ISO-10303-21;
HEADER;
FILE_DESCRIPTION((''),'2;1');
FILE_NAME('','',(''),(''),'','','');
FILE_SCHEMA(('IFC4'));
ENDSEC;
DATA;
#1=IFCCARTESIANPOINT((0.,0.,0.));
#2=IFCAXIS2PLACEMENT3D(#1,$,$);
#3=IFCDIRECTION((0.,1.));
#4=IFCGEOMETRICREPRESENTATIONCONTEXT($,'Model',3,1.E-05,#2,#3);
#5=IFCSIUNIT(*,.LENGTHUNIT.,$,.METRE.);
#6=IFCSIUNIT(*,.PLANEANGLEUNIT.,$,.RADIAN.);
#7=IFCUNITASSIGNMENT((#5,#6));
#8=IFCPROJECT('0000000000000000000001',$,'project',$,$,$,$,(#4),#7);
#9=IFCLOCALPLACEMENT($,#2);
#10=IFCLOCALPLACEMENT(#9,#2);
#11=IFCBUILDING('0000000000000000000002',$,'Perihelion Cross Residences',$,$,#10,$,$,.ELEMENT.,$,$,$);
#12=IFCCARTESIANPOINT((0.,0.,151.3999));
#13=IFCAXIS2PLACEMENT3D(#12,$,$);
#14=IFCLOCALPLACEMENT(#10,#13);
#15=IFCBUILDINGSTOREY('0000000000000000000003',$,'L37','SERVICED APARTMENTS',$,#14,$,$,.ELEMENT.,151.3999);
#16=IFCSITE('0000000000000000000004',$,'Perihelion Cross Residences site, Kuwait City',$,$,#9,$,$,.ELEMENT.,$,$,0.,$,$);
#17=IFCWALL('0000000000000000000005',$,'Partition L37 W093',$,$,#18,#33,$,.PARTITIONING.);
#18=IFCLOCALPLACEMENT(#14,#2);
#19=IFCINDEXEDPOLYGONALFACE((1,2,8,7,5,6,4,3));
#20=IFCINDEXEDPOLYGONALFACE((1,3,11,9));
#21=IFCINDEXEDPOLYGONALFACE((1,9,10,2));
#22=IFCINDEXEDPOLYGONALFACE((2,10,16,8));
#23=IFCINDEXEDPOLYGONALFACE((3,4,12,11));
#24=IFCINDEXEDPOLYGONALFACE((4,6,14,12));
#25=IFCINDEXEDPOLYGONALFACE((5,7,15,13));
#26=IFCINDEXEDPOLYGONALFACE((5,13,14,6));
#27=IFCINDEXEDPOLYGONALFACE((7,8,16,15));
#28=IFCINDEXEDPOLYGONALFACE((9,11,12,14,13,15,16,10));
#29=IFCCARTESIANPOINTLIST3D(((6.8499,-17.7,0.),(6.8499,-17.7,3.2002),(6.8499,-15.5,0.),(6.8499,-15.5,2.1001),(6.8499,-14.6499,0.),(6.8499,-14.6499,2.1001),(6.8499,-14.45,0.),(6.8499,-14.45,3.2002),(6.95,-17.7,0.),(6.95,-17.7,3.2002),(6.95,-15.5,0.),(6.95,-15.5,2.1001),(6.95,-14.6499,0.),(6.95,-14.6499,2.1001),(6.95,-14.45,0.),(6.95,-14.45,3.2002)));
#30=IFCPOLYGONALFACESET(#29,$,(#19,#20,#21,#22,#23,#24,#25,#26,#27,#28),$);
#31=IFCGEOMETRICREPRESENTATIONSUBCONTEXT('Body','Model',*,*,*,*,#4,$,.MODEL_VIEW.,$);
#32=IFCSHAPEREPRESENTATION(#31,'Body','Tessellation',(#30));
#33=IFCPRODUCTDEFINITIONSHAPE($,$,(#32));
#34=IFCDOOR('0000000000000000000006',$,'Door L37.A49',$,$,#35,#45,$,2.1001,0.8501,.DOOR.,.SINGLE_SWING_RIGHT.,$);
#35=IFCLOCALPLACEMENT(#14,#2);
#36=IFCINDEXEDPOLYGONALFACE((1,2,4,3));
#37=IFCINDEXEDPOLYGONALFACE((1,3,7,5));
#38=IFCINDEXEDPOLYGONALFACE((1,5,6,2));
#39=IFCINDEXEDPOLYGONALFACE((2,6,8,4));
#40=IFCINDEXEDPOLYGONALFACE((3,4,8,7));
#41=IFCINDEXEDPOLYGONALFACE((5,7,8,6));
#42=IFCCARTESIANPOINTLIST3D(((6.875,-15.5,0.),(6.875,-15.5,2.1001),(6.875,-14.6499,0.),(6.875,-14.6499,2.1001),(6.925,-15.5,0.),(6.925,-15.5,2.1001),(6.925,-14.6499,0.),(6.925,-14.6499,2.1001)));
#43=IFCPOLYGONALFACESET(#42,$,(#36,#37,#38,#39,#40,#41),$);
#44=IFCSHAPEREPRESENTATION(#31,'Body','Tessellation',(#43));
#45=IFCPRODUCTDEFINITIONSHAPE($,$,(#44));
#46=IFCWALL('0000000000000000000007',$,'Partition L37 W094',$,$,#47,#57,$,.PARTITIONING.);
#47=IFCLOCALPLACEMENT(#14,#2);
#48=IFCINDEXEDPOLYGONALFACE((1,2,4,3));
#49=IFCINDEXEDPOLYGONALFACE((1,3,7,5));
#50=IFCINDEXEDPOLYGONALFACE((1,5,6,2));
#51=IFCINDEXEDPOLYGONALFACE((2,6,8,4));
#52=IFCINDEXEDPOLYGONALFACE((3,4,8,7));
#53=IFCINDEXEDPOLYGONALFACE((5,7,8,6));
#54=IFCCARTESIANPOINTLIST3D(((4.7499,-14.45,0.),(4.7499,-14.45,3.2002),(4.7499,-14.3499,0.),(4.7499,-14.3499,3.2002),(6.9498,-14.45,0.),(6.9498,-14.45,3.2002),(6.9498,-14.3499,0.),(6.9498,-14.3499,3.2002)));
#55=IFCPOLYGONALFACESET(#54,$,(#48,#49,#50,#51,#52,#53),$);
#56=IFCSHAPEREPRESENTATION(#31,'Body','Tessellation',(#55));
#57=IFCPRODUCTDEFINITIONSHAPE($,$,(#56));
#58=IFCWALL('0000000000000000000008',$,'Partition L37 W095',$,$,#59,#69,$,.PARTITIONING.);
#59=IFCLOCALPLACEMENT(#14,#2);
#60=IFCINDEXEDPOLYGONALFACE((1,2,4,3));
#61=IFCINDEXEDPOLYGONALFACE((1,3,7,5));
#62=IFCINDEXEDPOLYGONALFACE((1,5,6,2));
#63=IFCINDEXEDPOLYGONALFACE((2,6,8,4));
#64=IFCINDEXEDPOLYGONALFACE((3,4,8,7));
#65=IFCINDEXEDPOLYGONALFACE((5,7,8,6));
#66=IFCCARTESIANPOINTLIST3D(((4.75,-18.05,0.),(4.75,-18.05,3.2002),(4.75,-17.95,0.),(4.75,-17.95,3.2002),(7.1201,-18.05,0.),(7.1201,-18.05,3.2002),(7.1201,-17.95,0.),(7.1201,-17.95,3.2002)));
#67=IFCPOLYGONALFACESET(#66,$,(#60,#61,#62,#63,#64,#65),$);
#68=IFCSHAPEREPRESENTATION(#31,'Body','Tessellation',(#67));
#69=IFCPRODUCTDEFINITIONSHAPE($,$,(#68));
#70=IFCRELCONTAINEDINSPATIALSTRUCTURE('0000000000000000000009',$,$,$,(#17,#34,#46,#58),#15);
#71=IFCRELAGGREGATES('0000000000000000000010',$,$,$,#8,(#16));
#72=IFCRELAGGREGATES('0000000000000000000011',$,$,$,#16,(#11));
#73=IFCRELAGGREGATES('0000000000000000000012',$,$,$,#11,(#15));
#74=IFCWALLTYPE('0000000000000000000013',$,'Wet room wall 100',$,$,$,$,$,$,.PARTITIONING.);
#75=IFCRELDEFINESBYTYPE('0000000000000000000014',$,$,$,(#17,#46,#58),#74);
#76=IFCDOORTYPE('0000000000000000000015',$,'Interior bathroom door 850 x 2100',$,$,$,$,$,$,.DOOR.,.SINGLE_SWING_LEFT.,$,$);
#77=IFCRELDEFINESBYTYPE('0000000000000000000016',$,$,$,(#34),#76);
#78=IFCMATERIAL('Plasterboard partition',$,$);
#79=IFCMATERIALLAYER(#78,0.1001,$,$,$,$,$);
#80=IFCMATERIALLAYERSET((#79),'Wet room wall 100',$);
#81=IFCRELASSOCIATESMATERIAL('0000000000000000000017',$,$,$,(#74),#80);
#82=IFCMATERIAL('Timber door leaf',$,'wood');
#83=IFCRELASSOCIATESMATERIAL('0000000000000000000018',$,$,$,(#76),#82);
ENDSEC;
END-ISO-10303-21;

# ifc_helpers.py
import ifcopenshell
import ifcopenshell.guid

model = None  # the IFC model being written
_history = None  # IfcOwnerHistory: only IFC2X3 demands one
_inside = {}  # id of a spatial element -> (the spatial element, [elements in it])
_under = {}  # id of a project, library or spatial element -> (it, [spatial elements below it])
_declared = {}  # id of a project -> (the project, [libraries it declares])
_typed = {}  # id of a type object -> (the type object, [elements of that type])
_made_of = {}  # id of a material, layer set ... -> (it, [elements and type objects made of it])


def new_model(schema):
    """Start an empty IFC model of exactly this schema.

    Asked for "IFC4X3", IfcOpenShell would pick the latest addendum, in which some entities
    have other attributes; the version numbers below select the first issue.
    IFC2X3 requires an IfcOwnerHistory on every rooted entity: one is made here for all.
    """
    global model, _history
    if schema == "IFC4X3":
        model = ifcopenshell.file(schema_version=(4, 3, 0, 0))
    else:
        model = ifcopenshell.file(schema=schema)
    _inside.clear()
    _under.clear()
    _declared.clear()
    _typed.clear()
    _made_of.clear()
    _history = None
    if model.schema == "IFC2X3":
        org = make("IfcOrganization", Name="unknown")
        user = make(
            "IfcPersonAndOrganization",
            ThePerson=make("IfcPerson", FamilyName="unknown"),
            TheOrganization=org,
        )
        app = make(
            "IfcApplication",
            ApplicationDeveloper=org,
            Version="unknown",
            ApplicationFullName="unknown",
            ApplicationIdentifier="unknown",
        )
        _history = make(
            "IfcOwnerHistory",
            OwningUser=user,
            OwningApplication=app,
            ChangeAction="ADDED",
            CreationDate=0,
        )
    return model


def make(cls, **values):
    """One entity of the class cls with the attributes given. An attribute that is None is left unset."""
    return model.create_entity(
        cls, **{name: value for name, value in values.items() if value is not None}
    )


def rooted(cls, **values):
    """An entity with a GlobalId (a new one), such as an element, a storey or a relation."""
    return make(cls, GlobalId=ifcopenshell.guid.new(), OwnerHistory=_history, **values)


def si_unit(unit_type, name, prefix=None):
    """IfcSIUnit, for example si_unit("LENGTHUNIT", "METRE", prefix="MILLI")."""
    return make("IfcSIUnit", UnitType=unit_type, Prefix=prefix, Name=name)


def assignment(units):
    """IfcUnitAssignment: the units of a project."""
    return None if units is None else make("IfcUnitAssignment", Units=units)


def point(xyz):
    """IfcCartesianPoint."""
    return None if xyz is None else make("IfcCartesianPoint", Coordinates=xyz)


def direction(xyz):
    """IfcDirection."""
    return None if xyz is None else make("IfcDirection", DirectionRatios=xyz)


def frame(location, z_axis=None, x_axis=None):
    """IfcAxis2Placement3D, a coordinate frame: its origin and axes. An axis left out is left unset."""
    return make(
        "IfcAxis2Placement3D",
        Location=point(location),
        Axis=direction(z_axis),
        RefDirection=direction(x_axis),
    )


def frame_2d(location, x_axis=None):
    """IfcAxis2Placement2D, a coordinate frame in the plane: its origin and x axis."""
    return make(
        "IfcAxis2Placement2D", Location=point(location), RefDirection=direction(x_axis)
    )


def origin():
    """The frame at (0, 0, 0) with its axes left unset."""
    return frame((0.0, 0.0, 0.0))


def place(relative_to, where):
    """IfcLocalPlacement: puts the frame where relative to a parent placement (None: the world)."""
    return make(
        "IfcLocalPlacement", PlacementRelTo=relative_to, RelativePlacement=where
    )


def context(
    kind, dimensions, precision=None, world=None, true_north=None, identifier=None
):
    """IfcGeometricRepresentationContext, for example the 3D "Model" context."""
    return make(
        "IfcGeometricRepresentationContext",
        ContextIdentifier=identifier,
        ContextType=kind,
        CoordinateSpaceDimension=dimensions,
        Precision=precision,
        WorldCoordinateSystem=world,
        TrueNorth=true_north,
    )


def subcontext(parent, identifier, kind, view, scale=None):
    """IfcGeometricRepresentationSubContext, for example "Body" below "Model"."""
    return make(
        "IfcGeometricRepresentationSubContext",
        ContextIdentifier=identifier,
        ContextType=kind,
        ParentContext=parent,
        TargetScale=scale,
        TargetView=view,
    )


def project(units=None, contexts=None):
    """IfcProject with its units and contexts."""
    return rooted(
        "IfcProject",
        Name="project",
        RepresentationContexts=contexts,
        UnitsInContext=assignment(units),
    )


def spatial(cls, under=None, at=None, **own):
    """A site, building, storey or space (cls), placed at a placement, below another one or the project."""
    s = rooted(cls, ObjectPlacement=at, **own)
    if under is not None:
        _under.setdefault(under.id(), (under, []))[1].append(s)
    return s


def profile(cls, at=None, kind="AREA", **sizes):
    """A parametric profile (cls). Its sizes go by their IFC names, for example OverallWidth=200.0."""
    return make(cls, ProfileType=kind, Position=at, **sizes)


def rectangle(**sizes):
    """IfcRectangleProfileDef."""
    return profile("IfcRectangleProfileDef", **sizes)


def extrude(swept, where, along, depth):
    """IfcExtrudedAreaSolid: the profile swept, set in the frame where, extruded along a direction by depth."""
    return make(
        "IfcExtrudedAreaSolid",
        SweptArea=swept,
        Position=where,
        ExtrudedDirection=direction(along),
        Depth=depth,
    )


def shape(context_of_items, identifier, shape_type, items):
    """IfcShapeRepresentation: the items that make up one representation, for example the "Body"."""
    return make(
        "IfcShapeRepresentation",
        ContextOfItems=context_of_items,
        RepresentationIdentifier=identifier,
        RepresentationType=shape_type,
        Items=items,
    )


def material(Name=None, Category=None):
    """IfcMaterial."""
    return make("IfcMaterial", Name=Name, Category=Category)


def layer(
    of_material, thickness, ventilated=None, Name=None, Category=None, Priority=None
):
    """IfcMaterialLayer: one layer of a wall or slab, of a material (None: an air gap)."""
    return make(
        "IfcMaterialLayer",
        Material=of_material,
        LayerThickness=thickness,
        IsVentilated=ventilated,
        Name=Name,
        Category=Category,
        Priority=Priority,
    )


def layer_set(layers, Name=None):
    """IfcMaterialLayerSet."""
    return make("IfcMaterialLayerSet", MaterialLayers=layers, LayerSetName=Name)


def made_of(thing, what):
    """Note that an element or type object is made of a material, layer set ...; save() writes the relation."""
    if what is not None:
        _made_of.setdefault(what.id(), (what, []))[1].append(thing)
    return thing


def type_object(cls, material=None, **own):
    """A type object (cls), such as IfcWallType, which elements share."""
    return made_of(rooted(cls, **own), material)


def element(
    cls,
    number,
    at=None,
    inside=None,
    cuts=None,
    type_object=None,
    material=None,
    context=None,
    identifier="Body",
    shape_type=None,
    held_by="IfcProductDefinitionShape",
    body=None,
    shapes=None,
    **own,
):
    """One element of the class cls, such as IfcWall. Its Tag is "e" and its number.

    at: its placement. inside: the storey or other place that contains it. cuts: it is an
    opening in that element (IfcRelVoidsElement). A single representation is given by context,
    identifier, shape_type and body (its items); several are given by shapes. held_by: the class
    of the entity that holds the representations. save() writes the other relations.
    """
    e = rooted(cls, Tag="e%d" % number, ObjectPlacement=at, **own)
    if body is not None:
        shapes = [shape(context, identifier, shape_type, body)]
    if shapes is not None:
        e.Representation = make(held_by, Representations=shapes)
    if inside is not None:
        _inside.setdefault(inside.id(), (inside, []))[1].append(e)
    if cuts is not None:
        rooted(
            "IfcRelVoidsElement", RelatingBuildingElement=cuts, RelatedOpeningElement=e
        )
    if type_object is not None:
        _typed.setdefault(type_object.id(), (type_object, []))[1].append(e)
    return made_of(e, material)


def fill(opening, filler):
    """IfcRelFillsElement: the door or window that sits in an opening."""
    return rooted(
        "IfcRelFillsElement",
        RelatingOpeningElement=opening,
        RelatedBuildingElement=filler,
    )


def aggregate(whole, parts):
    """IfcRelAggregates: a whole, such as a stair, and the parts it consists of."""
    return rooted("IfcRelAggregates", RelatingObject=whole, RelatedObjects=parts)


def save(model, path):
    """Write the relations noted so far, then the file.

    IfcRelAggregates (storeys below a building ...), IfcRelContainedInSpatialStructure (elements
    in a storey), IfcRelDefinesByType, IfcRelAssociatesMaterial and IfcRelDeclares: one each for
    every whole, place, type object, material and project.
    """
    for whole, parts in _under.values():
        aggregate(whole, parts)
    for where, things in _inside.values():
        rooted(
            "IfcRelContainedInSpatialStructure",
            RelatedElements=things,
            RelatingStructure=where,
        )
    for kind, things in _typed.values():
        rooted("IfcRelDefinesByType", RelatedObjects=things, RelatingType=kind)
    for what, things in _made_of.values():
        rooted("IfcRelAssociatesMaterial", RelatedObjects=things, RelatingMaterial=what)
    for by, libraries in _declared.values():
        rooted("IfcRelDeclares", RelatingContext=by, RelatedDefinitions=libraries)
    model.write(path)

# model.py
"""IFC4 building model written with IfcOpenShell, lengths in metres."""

from ifc_helpers import new_model, si_unit, direction, frame, frame_2d, origin, place, context, subcontext, project, spatial, rectangle, extrude, material, layer, layer_set, type_object, element, fill, save


model = new_model("IFC4")

# Units and contexts
model_context = context("Model", 3, precision=1e-05, world=origin(), true_north=direction((0.0, 1.0)))
body_context = subcontext(model_context, "Body", "Model", "MODEL_VIEW")
ifc_project = project(units=[si_unit("LENGTHUNIT", "METRE"), si_unit("PLANEANGLEUNIT", "RADIAN")], contexts=[model_context])

# Site, building, storey
site_placement = place(None, origin())
site = spatial("IfcSite", under=ifc_project, at=site_placement, Name="Perihelion Cross Residences site, Kuwait City", CompositionType="ELEMENT", RefElevation=0.0)
building_placement = place(site_placement, origin())
building = spatial("IfcBuilding", under=site, at=building_placement, Name="Perihelion Cross Residences", CompositionType="ELEMENT")
storey_placement = place(building_placement, frame((0.0, 0.0, 151.3999)))
storey = spatial("IfcBuildingStorey", under=building, at=storey_placement, Name="L37", Description="SERVICED APARTMENTS", CompositionType="ELEMENT", Elevation=151.3999)

# Wall, opening, door
ifc_material_1 = material(Name="Plasterboard partition")
ifc_layer_1 = layer(ifc_material_1, 0.1001)
ifc_layer_set_1 = layer_set([ifc_layer_1], Name="Wet room wall 100")
wall_type_1 = type_object("IfcWallType", Name="Wet room wall 100", PredefinedType="PARTITIONING", material=ifc_layer_set_1)
wall_1_placement = place(storey_placement, frame((6.8999, -17.7, 0.0), z_axis=(0.0, 0.0, 1.0), x_axis=(0.0, 1.0, 0.0)))
wall_1 = element("IfcWall", 1, at=wall_1_placement, inside=storey, type_object=wall_type_1, Name="Partition L37 W093", PredefinedType="PARTITIONING", context=body_context, shape_type="SweptSolid", body=[
    extrude(rectangle(XDim=3.25, YDim=0.1001, at=frame_2d((1.625, 0.0))), origin(), (0.0, 0.0, 1.0), 3.2002),
])
opening_1_placement = place(wall_1_placement, frame((2.2, 0.0, 0.0)))
opening_1 = element("IfcOpeningElement", 2, at=opening_1_placement, cuts=wall_1, PredefinedType="OPENING", context=body_context, shape_type="SweptSolid", body=[
    extrude(rectangle(XDim=0.8501, YDim=2.1001, at=frame_2d((0.425, 1.05))), frame((0.0, 0.0601, 0.0), z_axis=(0.0, -1.0, 0.0), x_axis=(1.0, 0.0, 0.0)), (0.0, 0.0, 1.0), 0.1201),
])
ifc_material_2 = material(Name="Timber door leaf", Category="wood")
door_type_1 = type_object("IfcDoorType", Name="Interior bathroom door 850 x 2100", OperationType="SINGLE_SWING_LEFT", PredefinedType="DOOR", material=ifc_material_2)
door_1_placement = place(opening_1_placement, origin())
door_1 = element("IfcDoor", 3, at=door_1_placement, inside=storey, type_object=door_type_1, Name="Door L37.A49", OperationType="SINGLE_SWING_RIGHT", OverallHeight=2.1001, OverallWidth=0.8501, PredefinedType="DOOR", context=body_context, shape_type="SweptSolid", body=[
    extrude(rectangle(XDim=0.8501, YDim=2.1001, at=frame_2d((0.425, 1.05))), frame((0.0, 0.0249, 0.0), z_axis=(0.0, -1.0, 0.0), x_axis=(1.0, 0.0, 0.0)), (0.0, 0.0, 1.0), 0.05),
])
fill(opening_1, door_1)

# Walls
wall_2_placement = place(storey_placement, frame((6.95, -14.3999, 0.0), z_axis=(0.0, 0.0, 1.0), x_axis=(-1.0, 0.0, 0.0)))
element("IfcWall", 4, at=wall_2_placement, inside=storey, type_object=wall_type_1, Name="Partition L37 W094", PredefinedType="PARTITIONING", context=body_context, shape_type="SweptSolid", body=[
    extrude(rectangle(XDim=2.2, YDim=0.1001, at=frame_2d((1.1001, 0.0))), origin(), (0.0, 0.0, 1.0), 3.2002),
])
wall_3_placement = place(storey_placement, frame((7.1201, -18.0, 0.0), z_axis=(0.0, 0.0, 1.0), x_axis=(-1.0, 0.0, 0.0)))
element("IfcWall", 5, at=wall_3_placement, inside=storey, type_object=wall_type_1, Name="Partition L37 W095", PredefinedType="PARTITIONING", context=body_context, shape_type="SweptSolid", body=[
    extrude(rectangle(XDim=2.3701, YDim=0.1001, at=frame_2d((1.1851, 0.0))), origin(), (0.0, 0.0, 1.0), 3.2002),
])

save(model, "model.ifc")
